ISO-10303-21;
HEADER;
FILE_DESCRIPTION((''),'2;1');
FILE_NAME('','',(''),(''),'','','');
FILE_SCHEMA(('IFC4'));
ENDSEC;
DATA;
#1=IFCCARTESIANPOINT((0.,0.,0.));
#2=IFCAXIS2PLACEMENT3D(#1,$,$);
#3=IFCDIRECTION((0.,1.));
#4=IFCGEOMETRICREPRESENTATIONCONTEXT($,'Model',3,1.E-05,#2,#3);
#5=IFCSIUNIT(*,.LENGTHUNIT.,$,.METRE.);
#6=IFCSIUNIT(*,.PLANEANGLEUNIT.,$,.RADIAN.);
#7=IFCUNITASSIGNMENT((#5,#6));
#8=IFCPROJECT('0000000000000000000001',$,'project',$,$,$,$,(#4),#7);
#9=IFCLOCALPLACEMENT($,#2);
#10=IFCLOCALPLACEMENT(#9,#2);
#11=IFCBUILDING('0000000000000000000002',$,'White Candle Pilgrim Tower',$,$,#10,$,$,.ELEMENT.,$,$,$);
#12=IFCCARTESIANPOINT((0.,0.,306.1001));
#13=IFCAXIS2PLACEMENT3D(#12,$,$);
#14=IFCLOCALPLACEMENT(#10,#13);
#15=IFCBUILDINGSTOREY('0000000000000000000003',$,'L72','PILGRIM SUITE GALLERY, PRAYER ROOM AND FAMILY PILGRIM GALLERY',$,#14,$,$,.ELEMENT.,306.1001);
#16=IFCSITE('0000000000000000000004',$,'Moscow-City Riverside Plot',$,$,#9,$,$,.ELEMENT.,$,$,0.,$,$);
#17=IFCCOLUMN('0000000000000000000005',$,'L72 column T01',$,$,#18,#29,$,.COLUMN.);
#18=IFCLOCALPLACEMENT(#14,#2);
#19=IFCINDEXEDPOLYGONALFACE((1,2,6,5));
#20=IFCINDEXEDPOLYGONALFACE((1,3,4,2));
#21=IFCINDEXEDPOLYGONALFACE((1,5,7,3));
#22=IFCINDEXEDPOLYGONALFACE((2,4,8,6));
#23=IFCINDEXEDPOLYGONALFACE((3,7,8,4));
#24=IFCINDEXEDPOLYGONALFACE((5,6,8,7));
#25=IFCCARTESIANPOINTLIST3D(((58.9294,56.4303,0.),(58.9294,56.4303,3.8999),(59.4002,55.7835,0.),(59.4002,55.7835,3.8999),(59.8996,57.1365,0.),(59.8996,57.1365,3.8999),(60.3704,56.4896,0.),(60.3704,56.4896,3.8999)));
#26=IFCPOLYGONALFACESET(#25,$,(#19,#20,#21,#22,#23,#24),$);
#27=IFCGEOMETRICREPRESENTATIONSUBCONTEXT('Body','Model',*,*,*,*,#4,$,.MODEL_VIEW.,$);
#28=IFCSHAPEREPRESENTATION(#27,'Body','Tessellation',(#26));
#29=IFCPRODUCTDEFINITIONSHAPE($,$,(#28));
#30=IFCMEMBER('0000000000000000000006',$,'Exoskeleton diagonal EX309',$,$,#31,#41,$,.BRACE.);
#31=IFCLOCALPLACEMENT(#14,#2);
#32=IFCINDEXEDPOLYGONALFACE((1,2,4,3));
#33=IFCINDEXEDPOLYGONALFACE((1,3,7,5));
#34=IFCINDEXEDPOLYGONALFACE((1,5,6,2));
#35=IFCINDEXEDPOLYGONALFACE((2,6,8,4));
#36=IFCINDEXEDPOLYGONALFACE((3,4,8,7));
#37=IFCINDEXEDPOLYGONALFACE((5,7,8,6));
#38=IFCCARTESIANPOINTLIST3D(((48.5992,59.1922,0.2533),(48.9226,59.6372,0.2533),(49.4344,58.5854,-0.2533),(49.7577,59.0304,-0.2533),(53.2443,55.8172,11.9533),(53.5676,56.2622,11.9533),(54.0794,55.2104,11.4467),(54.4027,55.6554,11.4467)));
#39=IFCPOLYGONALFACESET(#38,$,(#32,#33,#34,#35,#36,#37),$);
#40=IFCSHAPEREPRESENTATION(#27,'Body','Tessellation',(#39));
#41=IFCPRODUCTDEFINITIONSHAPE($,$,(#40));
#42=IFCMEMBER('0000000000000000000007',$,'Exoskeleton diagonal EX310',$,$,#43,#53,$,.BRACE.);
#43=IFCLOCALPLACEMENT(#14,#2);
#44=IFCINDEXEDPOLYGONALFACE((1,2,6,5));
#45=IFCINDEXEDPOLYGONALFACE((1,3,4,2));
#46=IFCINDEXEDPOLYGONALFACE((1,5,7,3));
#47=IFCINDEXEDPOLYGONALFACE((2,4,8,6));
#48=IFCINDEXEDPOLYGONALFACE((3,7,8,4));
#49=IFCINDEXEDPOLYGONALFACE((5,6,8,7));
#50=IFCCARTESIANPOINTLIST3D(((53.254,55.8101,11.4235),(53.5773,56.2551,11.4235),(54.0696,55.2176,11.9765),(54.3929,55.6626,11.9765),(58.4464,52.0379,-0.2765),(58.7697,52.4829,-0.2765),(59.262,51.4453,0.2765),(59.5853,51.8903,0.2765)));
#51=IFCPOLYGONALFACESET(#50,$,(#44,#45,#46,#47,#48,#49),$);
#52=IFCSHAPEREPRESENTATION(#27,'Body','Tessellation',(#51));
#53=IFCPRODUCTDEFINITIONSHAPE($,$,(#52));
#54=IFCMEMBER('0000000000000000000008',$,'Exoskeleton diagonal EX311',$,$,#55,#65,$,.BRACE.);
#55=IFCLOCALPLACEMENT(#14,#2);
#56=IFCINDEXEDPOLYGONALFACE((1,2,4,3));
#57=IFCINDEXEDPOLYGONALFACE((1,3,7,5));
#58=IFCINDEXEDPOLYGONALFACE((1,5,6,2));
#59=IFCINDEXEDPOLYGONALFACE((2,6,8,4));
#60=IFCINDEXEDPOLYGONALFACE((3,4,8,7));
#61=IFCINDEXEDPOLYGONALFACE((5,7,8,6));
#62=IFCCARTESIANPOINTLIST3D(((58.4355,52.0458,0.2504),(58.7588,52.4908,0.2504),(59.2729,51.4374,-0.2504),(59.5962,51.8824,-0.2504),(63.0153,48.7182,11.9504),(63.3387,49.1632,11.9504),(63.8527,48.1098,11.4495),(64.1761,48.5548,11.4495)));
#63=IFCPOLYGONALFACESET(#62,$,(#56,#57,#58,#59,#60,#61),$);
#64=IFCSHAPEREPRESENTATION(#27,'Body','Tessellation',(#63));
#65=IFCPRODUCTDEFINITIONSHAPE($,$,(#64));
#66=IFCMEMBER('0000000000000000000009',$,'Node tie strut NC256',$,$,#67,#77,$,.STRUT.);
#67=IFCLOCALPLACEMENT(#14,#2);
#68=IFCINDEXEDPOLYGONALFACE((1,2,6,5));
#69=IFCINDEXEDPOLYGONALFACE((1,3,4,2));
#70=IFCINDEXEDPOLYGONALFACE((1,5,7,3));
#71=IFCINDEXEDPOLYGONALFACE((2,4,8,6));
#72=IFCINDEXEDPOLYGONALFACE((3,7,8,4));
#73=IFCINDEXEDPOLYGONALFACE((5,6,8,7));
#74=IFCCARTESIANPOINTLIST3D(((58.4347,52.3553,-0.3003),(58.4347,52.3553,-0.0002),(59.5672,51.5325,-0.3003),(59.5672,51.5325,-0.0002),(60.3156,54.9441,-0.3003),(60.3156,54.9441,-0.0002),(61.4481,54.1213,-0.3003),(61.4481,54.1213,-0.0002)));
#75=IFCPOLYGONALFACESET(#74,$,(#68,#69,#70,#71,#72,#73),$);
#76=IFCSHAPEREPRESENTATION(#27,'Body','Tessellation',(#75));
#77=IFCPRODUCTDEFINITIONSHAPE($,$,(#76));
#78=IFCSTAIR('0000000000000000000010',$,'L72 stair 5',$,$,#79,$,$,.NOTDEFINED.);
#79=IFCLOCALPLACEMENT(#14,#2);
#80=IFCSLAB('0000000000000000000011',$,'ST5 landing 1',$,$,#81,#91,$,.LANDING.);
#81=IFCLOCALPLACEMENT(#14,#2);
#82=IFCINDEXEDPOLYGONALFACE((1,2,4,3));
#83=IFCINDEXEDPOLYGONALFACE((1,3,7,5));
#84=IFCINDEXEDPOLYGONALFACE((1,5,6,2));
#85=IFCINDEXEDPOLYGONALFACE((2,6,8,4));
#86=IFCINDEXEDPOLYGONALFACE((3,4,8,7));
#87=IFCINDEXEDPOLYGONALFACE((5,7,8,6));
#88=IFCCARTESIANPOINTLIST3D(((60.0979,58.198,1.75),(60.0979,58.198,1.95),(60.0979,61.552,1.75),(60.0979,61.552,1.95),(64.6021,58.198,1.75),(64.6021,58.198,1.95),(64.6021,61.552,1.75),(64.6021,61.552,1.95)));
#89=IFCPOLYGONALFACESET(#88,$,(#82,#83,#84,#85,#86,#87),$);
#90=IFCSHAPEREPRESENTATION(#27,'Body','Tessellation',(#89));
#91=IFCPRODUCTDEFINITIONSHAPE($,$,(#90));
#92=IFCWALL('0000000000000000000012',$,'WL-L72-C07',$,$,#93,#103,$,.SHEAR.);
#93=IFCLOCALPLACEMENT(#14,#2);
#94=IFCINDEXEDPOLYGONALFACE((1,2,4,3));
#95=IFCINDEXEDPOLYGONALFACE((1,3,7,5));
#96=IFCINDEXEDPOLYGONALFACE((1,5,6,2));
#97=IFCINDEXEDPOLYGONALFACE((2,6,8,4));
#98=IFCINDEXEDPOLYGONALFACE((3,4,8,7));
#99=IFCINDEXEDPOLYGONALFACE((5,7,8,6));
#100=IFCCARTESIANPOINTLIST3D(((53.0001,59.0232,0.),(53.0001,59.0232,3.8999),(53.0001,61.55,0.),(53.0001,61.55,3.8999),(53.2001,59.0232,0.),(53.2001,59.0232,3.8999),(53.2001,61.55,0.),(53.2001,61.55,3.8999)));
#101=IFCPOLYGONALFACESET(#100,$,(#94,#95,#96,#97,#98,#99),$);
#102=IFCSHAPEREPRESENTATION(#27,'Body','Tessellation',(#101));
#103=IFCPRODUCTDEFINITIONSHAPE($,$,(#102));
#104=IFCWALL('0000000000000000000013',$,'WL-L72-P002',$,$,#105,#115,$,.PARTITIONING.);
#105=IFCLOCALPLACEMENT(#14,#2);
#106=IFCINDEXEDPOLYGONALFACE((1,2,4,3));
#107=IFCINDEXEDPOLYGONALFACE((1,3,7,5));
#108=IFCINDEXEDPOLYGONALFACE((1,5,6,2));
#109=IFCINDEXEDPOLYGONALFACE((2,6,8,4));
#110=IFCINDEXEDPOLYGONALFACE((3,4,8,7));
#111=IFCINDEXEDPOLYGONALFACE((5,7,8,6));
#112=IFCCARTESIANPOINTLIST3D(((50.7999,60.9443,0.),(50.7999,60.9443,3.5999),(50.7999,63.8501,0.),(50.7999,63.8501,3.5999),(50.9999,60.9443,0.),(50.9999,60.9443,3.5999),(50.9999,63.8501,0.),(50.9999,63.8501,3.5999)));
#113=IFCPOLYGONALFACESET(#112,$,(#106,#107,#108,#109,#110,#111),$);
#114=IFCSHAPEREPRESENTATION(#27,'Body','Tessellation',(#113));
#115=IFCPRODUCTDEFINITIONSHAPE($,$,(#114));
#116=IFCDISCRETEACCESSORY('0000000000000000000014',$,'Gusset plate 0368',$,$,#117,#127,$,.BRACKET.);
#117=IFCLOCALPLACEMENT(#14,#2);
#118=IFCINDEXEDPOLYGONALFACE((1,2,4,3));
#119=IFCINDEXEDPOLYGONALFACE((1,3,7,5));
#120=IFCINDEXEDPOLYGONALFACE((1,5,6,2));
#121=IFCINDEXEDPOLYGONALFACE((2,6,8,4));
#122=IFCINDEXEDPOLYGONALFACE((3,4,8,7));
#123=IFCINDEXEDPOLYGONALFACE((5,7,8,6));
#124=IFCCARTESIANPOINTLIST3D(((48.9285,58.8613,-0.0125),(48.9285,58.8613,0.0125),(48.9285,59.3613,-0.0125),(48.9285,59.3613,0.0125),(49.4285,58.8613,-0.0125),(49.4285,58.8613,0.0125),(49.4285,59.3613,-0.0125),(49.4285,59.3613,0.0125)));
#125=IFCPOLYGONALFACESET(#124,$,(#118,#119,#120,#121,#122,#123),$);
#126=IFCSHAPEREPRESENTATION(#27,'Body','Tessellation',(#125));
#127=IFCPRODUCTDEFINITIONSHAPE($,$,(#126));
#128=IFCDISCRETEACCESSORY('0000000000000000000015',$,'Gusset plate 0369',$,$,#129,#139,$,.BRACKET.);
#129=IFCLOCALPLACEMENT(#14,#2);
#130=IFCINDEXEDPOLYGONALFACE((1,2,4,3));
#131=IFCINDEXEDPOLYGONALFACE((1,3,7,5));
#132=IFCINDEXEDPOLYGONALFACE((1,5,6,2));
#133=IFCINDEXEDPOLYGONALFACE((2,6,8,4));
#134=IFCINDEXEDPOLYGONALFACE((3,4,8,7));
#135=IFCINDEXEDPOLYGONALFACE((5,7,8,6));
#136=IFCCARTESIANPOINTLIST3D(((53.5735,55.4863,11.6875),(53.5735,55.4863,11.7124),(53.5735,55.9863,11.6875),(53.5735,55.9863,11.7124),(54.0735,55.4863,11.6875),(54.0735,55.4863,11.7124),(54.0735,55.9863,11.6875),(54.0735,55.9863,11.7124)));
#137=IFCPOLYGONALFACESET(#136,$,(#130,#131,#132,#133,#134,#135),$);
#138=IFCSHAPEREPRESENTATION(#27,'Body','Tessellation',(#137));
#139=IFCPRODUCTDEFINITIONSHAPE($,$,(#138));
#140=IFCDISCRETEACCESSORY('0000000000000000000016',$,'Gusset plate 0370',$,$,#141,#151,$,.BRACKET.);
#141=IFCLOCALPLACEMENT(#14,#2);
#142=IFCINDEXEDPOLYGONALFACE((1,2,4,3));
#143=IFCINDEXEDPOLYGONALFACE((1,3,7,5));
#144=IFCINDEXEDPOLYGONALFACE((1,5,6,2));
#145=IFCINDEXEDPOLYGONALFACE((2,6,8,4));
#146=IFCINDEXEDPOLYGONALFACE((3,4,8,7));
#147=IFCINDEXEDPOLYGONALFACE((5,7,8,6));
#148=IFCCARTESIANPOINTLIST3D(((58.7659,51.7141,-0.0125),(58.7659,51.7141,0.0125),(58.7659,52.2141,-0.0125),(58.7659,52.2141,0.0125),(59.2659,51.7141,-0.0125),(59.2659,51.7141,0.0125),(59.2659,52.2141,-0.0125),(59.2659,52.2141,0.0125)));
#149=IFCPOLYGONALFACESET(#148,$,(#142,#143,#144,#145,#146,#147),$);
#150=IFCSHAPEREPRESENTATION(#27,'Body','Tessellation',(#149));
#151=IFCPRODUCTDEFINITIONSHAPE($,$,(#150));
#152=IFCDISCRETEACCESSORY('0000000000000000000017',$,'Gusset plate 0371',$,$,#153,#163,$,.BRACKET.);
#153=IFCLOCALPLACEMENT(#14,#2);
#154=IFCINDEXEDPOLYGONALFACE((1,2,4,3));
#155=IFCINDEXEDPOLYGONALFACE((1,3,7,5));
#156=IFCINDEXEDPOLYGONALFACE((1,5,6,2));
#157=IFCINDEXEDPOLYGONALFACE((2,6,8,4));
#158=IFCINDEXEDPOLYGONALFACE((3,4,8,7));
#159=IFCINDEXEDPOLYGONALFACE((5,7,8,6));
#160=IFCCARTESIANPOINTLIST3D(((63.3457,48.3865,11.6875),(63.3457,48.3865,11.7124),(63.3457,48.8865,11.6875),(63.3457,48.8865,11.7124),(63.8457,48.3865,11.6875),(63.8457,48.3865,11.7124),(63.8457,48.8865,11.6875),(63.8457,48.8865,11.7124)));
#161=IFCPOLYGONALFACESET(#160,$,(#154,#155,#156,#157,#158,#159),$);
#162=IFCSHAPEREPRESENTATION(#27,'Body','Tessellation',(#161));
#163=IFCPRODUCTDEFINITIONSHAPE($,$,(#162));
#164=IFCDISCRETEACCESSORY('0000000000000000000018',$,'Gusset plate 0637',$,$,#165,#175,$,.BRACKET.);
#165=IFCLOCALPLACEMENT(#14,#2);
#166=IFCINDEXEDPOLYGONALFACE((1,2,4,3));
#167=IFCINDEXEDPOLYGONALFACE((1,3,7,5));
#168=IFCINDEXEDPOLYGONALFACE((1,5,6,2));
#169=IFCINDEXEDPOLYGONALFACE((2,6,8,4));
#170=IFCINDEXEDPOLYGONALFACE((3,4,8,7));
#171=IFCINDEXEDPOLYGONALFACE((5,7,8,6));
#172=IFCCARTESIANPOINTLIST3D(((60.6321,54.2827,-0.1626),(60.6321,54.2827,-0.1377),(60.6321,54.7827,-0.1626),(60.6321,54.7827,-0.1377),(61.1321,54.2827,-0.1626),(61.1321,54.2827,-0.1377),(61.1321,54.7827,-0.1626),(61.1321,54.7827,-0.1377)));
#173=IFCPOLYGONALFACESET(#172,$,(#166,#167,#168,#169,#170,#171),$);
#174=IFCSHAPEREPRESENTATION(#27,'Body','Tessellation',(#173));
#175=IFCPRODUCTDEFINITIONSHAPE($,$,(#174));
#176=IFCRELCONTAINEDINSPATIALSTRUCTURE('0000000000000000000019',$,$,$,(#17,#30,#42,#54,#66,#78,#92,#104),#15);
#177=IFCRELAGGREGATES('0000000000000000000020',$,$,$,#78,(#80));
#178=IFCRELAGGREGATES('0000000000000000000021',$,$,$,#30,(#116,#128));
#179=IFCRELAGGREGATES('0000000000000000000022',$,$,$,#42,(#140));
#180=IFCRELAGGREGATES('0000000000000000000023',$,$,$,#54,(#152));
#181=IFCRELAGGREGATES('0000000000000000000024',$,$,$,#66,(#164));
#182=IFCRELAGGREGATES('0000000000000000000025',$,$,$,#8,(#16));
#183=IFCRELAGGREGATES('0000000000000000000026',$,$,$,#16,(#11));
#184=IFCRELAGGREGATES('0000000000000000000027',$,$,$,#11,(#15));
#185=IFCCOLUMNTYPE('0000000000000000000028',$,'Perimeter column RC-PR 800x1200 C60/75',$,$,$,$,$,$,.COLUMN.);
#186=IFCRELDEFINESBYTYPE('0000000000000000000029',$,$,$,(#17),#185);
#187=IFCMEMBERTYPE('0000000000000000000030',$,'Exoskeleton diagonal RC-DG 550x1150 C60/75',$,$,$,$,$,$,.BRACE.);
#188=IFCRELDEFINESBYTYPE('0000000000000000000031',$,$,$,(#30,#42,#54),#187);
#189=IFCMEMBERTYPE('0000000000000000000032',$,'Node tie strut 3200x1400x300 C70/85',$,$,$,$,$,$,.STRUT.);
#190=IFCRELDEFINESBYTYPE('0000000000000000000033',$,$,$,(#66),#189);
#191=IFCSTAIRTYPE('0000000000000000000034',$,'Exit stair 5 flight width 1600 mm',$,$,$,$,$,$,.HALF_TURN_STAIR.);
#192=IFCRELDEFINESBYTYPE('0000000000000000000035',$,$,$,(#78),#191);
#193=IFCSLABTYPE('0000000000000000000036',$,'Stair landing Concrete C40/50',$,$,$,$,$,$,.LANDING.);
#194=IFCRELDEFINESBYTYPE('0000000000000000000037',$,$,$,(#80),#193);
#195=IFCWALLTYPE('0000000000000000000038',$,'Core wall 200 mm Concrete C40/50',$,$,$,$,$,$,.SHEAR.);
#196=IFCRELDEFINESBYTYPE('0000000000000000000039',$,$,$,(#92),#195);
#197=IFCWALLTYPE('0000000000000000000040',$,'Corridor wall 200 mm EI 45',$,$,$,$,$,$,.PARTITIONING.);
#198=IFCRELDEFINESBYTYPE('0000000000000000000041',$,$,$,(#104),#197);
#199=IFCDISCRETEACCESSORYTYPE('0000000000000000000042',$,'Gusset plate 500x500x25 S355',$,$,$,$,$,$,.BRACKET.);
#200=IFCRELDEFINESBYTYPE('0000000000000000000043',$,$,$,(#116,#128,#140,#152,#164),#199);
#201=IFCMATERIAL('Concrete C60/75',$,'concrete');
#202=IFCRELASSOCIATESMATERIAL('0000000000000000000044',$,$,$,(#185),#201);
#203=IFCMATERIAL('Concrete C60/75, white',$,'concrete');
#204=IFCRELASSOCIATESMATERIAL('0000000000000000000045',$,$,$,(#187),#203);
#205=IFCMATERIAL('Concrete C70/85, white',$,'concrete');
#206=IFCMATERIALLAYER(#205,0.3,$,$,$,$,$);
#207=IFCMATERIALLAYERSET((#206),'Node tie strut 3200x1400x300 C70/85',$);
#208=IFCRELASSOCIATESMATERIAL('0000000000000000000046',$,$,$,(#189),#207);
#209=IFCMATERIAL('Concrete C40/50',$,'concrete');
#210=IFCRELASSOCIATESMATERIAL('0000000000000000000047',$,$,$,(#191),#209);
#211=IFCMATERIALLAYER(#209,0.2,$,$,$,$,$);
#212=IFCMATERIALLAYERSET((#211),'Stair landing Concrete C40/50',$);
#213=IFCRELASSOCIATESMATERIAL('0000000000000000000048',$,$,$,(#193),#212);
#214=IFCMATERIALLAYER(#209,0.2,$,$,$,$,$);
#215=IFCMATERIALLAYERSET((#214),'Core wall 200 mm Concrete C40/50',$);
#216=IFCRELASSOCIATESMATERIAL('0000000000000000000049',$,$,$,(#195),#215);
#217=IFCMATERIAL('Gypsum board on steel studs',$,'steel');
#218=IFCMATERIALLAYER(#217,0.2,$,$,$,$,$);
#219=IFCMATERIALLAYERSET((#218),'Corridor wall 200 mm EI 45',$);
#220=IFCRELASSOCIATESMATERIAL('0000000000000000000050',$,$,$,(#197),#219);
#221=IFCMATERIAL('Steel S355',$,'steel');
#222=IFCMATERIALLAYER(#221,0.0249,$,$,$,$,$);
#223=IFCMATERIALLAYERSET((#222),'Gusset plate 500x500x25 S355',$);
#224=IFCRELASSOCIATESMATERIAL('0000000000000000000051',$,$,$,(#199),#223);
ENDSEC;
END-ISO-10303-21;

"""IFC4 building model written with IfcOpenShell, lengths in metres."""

from ifc_helpers import new_model, si_unit, direction, frame, frame_2d, origin, origin_2d, place, context, subcontext, project, spatial, polyline, rectangle, outline, extrude, material, layer, layer_set, material_profile, profile_set, type_object, element, aggregate, save


model = new_model("IFC4")

# Units and contexts
model_context = context("Model", 3, precision=1e-05, world=origin(), true_north=direction((0.0, 1.0)))
body_context = subcontext(model_context, "Body", "Model", "MODEL_VIEW")
ifc_project = project(units=[si_unit("LENGTHUNIT", "METRE"), si_unit("PLANEANGLEUNIT", "RADIAN")], contexts=[model_context])

# Site, building, storey
site_placement = place(None, origin())
site = spatial("IfcSite", under=ifc_project, at=site_placement, Name="Moscow-City Riverside Plot", CompositionType="ELEMENT", RefElevation=0.0)
building_placement = place(site_placement, origin())
building = spatial("IfcBuilding", under=site, at=building_placement, Name="White Candle Pilgrim Tower", CompositionType="ELEMENT")
storey_placement = place(building_placement, frame((0.0, 0.0, 306.1001)))
storey = spatial("IfcBuildingStorey", under=building, at=storey_placement, Name="L72", Description="PILGRIM SUITE GALLERY, PRAYER ROOM AND FAMILY PILGRIM GALLERY", CompositionType="ELEMENT", Elevation=306.1001)

# Column
ifc_material_1 = material(Name="Concrete C60/75", Category="concrete")
ifc_material_profile_1 = material_profile(ifc_material_1, rectangle(XDim=0.8, YDim=1.2, at=origin_2d()), Name="RC-PR 800x1200")
ifc_profile_set_1 = profile_set([ifc_material_profile_1], Name="Concrete C60/75")
column_type = type_object("IfcColumnType", Name="Perimeter column RC-PR 800x1200 C60/75", PredefinedType="COLUMN", material=ifc_profile_set_1)
column_placement = place(storey_placement, frame((59.6499, 56.46, 0.0), z_axis=(0.0, 0.0, 1.0), x_axis=(-0.588463, 0.808524, 0.0)))
element("IfcColumn", 1, at=column_placement, inside=storey, type_object=column_type, Name="L72 column T01", PredefinedType="COLUMN", context=body_context, shape_type="SweptSolid", body=[
    extrude(rectangle(XDim=0.8, YDim=1.2, at=origin_2d()), origin(), (0.0, 0.0, 1.0), 3.8999),
])

# Members
ifc_material_2 = material(Name="Concrete C60/75, white", Category="concrete")
ifc_material_profile_2 = material_profile(ifc_material_2, rectangle(XDim=0.55, YDim=1.1499, at=origin_2d()), Name="RC-DG 550x1150")
ifc_profile_set_2 = profile_set([ifc_material_profile_2], Name="Concrete C60/75, white")
member_type_1 = type_object("IfcMemberType", Name="Exoskeleton diagonal RC-DG 550x1150 C60/75", PredefinedType="BRACE", material=ifc_profile_set_2)
member_1_placement = place(storey_placement, frame((49.1785, 59.1113, 0.0), z_axis=(0.356408, -0.258961, 0.897726), x_axis=(0.587808, 0.809001, 0.0)))
member_1 = element("IfcMember", 2, at=member_1_placement, inside=storey, type_object=member_type_1, Name="Exoskeleton diagonal EX309", PredefinedType="BRACE", context=body_context, shape_type="SweptSolid", body=[
    extrude(rectangle(XDim=0.55, YDim=1.1499, at=origin_2d()), origin(), (0.0, 0.0, 1.0), 13.033),
])
member_2_placement = place(storey_placement, frame((59.0159, 51.9641, 0.0), z_axis=(-0.389099, 0.282677, 0.876753), x_axis=(-0.587758, -0.809037, 0.0)))
member_2 = element("IfcMember", 3, at=member_2_placement, inside=storey, type_object=member_type_1, Name="Exoskeleton diagonal EX310", PredefinedType="BRACE", context=body_context, shape_type="SweptSolid", body=[
    extrude(rectangle(XDim=0.55, YDim=1.1499, at=origin_2d()), origin(), (0.0, 0.0, 1.0), 13.3447),
])
member_3_placement = place(storey_placement, frame((59.0159, 51.9641, 0.0), z_axis=(0.352361, -0.25602, 0.900164), x_axis=(0.587808, 0.809001, 0.0)))
member_3 = element("IfcMember", 4, at=member_3_placement, inside=storey, type_object=member_type_1, Name="Exoskeleton diagonal EX311", PredefinedType="BRACE", context=body_context, shape_type="SweptSolid", body=[
    extrude(rectangle(XDim=0.55, YDim=1.1499, at=origin_2d()), origin(), (0.0, 0.0, 1.0), 12.9976),
])
ifc_material_3 = material(Name="Concrete C70/85, white", Category="concrete")
ifc_layer_1 = layer(ifc_material_3, 0.3)
ifc_layer_set_1 = layer_set([ifc_layer_1], Name="Node tie strut 3200x1400x300 C70/85")
member_type_2 = type_object("IfcMemberType", Name="Node tie strut 3200x1400x300 C70/85", PredefinedType="STRUT", material=ifc_layer_set_1)
member_4_placement = place(storey_placement, frame((59.9414, 53.2383, -0.3003), z_axis=(0.0, 0.0, 1.0), x_axis=(0.809017, -0.587785, 0.0)))
member_4 = element("IfcMember", 5, at=member_4_placement, inside=storey, type_object=member_type_2, Name="Node tie strut NC256", PredefinedType="STRUT", context=body_context, shape_type="SweptSolid", body=[
    extrude(rectangle(XDim=1.3999, YDim=3.2, at=origin_2d()), origin(), (0.0, 0.0, 1.0), 0.3),
])

# Stair, slab
ifc_material_4 = material(Name="Concrete C40/50", Category="concrete")
stair_type = type_object("IfcStairType", Name="Exit stair 5 flight width 1600 mm", PredefinedType="HALF_TURN_STAIR", material=ifc_material_4)
stair_placement = place(storey_placement, origin())
stair = element("IfcStair", 6, at=stair_placement, inside=storey, type_object=stair_type, Name="L72 stair 5", PredefinedType="NOTDEFINED")
ifc_layer_2 = layer(ifc_material_4, 0.2)
ifc_layer_set_2 = layer_set([ifc_layer_2], Name="Stair landing Concrete C40/50")
slab_type = type_object("IfcSlabType", Name="Stair landing Concrete C40/50", PredefinedType="LANDING", material=ifc_layer_set_2)
slab_placement = place(storey_placement, frame((0.0, 0.0, 1.75)))
slab = element("IfcSlab", 7, at=slab_placement, type_object=slab_type, Name="ST5 landing 1", PredefinedType="LANDING", context=body_context, shape_type="SweptSolid", body=[
    extrude(outline(polyline([(60.0979, 58.198), (60.0979, 61.552), (64.6021, 61.552), (64.6021, 58.198), (60.0979, 58.198)])), origin(), (0.0, 0.0, 1.0), 0.2),
])

# Walls
ifc_layer_3 = layer(ifc_material_4, 0.2)
ifc_layer_set_3 = layer_set([ifc_layer_3], Name="Core wall 200 mm Concrete C40/50")
wall_type_1 = type_object("IfcWallType", Name="Core wall 200 mm Concrete C40/50", PredefinedType="SHEAR", material=ifc_layer_set_3)
wall_1_placement = place(storey_placement, frame((53.1001, 59.0232, 0.0), z_axis=(0.0, 0.0, 1.0), x_axis=(0.0, 1.0, 0.0)))
element("IfcWall", 8, at=wall_1_placement, inside=storey, type_object=wall_type_1, Name="WL-L72-C07", PredefinedType="SHEAR", context=body_context, shape_type="SweptSolid", body=[
    extrude(rectangle(XDim=2.5269, YDim=0.2, at=frame_2d((1.2634, 0.0))), origin(), (0.0, 0.0, 1.0), 3.8999),
])
ifc_material_5 = material(Name="Gypsum board on steel studs", Category="steel")
ifc_layer_4 = layer(ifc_material_5, 0.2)
ifc_layer_set_4 = layer_set([ifc_layer_4], Name="Corridor wall 200 mm EI 45")
wall_type_2 = type_object("IfcWallType", Name="Corridor wall 200 mm EI 45", PredefinedType="PARTITIONING", material=ifc_layer_set_4)
wall_2_placement = place(storey_placement, frame((50.8999, 60.9443, 0.0), z_axis=(0.0, 0.0, 1.0), x_axis=(0.0, 1.0, 0.0)))
element("IfcWall", 9, at=wall_2_placement, inside=storey, type_object=wall_type_2, Name="WL-L72-P002", PredefinedType="PARTITIONING", context=body_context, shape_type="SweptSolid", body=[
    extrude(rectangle(XDim=2.9058, YDim=0.2, at=frame_2d((1.4529, 0.0))), origin(), (0.0, 0.0, 1.0), 3.5999),
])

aggregate(stair, [slab])

# Discrete accessories
ifc_material_6 = material(Name="Steel S355", Category="steel")
ifc_layer_5 = layer(ifc_material_6, 0.0249)
ifc_layer_set_5 = layer_set([ifc_layer_5], Name="Gusset plate 500x500x25 S355")
discrete_accessory_type = type_object("IfcDiscreteAccessoryType", Name="Gusset plate 500x500x25 S355", PredefinedType="BRACKET", material=ifc_layer_set_5)
discrete_accessory_1_placement = place(storey_placement, frame((49.1785, 59.1113, -0.0125), z_axis=(0.0, 0.0, 1.0), x_axis=(1.0, 0.0, 0.0)))
discrete_accessory_1 = element("IfcDiscreteAccessory", 10, at=discrete_accessory_1_placement, type_object=discrete_accessory_type, Name="Gusset plate 0368", PredefinedType="BRACKET", context=body_context, shape_type="SweptSolid", body=[
    extrude(rectangle(XDim=0.5, YDim=0.5, at=origin_2d()), origin(), (0.0, 0.0, 1.0), 0.0249),
])
placement = place(building_placement, frame((0.0, 0.0, 317.8)))
discrete_accessory_2_placement = place(placement, frame((53.8235, 55.7363, -0.0125), z_axis=(0.0, 0.0, 1.0), x_axis=(1.0, 0.0, 0.0)))
discrete_accessory_2 = element("IfcDiscreteAccessory", 11, at=discrete_accessory_2_placement, type_object=discrete_accessory_type, Name="Gusset plate 0369", PredefinedType="BRACKET", context=body_context, shape_type="SweptSolid", body=[
    extrude(rectangle(XDim=0.5, YDim=0.5, at=origin_2d()), origin(), (0.0, 0.0, 1.0), 0.0249),
])
aggregate(member_1, [discrete_accessory_1, discrete_accessory_2])
discrete_accessory_3_placement = place(storey_placement, frame((59.0159, 51.9641, -0.0125), z_axis=(0.0, 0.0, 1.0), x_axis=(1.0, 0.0, 0.0)))
discrete_accessory_3 = element("IfcDiscreteAccessory", 12, at=discrete_accessory_3_placement, type_object=discrete_accessory_type, Name="Gusset plate 0370", PredefinedType="BRACKET", context=body_context, shape_type="SweptSolid", body=[
    extrude(rectangle(XDim=0.5, YDim=0.5, at=origin_2d()), origin(), (0.0, 0.0, 1.0), 0.0249),
])
aggregate(member_2, [discrete_accessory_3])
discrete_accessory_4_placement = place(placement, frame((63.5957, 48.6365, -0.0125), z_axis=(0.0, 0.0, 1.0), x_axis=(1.0, 0.0, 0.0)))
discrete_accessory_4 = element("IfcDiscreteAccessory", 13, at=discrete_accessory_4_placement, type_object=discrete_accessory_type, Name="Gusset plate 0371", PredefinedType="BRACKET", context=body_context, shape_type="SweptSolid", body=[
    extrude(rectangle(XDim=0.5, YDim=0.5, at=origin_2d()), origin(), (0.0, 0.0, 1.0), 0.0249),
])
aggregate(member_3, [discrete_accessory_4])
discrete_accessory_5_placement = place(storey_placement, frame((60.8821, 54.5327, -0.1626), z_axis=(0.0, 0.0, 1.0), x_axis=(1.0, 0.0, 0.0)))
discrete_accessory_5 = element("IfcDiscreteAccessory", 14, at=discrete_accessory_5_placement, type_object=discrete_accessory_type, Name="Gusset plate 0637", PredefinedType="BRACKET", context=body_context, shape_type="SweptSolid", body=[
    extrude(rectangle(XDim=0.5, YDim=0.5, at=origin_2d()), origin(), (0.0, 0.0, 1.0), 0.0249),
])
aggregate(member_4, [discrete_accessory_5])

save(model, "model.ifc")
